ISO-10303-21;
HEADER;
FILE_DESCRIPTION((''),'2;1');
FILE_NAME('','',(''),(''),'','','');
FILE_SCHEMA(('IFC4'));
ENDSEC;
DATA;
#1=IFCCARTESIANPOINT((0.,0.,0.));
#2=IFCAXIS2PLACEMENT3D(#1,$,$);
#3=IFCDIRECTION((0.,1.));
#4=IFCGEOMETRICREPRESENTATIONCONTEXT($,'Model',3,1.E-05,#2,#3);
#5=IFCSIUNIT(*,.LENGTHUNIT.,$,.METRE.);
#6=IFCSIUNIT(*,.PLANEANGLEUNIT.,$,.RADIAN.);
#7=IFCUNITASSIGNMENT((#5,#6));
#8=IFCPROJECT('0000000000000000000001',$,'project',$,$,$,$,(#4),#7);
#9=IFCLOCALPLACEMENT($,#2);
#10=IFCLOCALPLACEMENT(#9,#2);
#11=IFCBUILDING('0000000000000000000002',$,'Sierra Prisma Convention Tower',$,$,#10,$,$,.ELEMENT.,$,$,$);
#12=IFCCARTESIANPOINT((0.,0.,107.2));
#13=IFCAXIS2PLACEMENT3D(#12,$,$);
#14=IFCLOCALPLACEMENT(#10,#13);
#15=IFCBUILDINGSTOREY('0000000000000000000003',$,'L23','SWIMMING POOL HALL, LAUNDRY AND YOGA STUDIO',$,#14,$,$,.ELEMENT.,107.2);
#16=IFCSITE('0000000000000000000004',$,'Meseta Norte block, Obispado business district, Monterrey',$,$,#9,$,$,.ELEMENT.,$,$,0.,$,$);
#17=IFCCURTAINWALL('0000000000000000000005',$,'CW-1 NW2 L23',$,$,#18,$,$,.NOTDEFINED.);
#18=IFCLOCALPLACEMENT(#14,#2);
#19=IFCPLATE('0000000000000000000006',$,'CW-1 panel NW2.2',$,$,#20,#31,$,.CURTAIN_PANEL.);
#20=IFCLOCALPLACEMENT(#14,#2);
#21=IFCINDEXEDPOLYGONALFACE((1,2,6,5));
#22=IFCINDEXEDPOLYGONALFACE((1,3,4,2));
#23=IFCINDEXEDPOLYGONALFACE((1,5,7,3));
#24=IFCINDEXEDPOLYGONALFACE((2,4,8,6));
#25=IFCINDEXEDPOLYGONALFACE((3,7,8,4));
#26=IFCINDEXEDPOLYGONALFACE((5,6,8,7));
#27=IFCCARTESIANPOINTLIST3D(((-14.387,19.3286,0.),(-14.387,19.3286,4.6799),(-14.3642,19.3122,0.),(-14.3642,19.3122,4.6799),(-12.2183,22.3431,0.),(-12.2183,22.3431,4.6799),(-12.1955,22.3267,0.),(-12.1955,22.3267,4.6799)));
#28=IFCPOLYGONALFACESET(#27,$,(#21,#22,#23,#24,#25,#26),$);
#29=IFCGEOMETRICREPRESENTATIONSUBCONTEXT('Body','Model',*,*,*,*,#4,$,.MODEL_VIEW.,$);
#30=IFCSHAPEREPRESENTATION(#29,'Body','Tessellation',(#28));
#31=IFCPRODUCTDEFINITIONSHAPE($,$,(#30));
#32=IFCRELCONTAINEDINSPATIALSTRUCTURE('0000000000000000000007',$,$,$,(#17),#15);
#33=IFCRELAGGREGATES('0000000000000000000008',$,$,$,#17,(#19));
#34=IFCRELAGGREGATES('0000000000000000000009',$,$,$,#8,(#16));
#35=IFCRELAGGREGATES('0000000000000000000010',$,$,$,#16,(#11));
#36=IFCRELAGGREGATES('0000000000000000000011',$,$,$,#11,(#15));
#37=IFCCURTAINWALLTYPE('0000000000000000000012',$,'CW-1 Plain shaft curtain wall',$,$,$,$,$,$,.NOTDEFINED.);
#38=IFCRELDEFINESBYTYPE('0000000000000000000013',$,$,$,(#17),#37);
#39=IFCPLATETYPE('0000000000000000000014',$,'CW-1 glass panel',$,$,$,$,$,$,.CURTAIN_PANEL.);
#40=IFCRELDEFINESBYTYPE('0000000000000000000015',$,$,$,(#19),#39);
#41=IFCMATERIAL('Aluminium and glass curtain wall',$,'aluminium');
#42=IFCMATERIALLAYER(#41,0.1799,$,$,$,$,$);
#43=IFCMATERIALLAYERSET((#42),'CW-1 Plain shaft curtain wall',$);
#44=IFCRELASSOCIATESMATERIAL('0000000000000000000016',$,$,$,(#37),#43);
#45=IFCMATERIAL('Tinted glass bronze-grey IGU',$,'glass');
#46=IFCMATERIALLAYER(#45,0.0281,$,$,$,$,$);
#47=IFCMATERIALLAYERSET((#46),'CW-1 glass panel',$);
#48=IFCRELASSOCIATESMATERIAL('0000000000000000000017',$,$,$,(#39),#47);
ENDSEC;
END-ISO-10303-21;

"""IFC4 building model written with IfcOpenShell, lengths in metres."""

from ifc_helpers import new_model, si_unit, direction, frame, origin, origin_2d, place, context, subcontext, project, spatial, rectangle, extrude, material, layer, layer_set, type_object, element, aggregate, save


model = new_model("IFC4")

# Units and contexts
model_context = context("Model", 3, precision=1e-05, world=origin(), true_north=direction((0.0, 1.0)))
body_context = subcontext(model_context, "Body", "Model", "MODEL_VIEW")
ifc_project = project(units=[si_unit("LENGTHUNIT", "METRE"), si_unit("PLANEANGLEUNIT", "RADIAN")], contexts=[model_context])

# Site, building, storey
site_placement = place(None, origin())
site = spatial("IfcSite", under=ifc_project, at=site_placement, Name="Meseta Norte block, Obispado business district, Monterrey", CompositionType="ELEMENT", RefElevation=0.0)
building_placement = place(site_placement, origin())
building = spatial("IfcBuilding", under=site, at=building_placement, Name="Sierra Prisma Convention Tower", CompositionType="ELEMENT")
storey_placement = place(building_placement, frame((0.0, 0.0, 107.2)))
storey = spatial("IfcBuildingStorey", under=building, at=storey_placement, Name="L23", Description="SWIMMING POOL HALL, LAUNDRY AND YOGA STUDIO", CompositionType="ELEMENT", Elevation=107.2)

# Shared definitions
ifc_material_1 = material(Name="Aluminium and glass curtain wall", Category="aluminium")
ifc_layer_1 = layer(ifc_material_1, 0.1799)
ifc_layer_set_1 = layer_set([ifc_layer_1], Name="CW-1 Plain shaft curtain wall")
curtain_wall_type = type_object("IfcCurtainWallType", Name="CW-1 Plain shaft curtain wall", PredefinedType="NOTDEFINED", material=ifc_layer_set_1)

# Curtain wall
curtain_wall_1_placement = place(storey_placement, origin())
curtain_wall_1 = element("IfcCurtainWall", 1, at=curtain_wall_1_placement, inside=storey, type_object=curtain_wall_type, Name="CW-1 NW2 L23", PredefinedType="NOTDEFINED")

# Plate
ifc_material_2 = material(Name="Tinted glass bronze-grey IGU", Category="glass")
ifc_layer_2 = layer(ifc_material_2, 0.0281)
ifc_layer_set_2 = layer_set([ifc_layer_2], Name="CW-1 glass panel")
plate_type = type_object("IfcPlateType", Name="CW-1 glass panel", PredefinedType="CURTAIN_PANEL", material=ifc_layer_set_2)
plate_1_placement = place(storey_placement, frame((-13.2913, 20.8276, 0.0), z_axis=(0.0, 0.0, 1.0), x_axis=(-0.583994, -0.811758, 0.0)))
plate_1 = element("IfcPlate", 2, at=plate_1_placement, type_object=plate_type, Name="CW-1 panel NW2.2", PredefinedType="CURTAIN_PANEL", context=body_context, shape_type="SweptSolid", body=[
    extrude(rectangle(XDim=3.7136, YDim=0.0281, at=origin_2d()), origin(), (0.0, 0.0, 1.0), 4.6799),
])
aggregate(curtain_wall_1, [plate_1])

save(model, "model.ifc")
